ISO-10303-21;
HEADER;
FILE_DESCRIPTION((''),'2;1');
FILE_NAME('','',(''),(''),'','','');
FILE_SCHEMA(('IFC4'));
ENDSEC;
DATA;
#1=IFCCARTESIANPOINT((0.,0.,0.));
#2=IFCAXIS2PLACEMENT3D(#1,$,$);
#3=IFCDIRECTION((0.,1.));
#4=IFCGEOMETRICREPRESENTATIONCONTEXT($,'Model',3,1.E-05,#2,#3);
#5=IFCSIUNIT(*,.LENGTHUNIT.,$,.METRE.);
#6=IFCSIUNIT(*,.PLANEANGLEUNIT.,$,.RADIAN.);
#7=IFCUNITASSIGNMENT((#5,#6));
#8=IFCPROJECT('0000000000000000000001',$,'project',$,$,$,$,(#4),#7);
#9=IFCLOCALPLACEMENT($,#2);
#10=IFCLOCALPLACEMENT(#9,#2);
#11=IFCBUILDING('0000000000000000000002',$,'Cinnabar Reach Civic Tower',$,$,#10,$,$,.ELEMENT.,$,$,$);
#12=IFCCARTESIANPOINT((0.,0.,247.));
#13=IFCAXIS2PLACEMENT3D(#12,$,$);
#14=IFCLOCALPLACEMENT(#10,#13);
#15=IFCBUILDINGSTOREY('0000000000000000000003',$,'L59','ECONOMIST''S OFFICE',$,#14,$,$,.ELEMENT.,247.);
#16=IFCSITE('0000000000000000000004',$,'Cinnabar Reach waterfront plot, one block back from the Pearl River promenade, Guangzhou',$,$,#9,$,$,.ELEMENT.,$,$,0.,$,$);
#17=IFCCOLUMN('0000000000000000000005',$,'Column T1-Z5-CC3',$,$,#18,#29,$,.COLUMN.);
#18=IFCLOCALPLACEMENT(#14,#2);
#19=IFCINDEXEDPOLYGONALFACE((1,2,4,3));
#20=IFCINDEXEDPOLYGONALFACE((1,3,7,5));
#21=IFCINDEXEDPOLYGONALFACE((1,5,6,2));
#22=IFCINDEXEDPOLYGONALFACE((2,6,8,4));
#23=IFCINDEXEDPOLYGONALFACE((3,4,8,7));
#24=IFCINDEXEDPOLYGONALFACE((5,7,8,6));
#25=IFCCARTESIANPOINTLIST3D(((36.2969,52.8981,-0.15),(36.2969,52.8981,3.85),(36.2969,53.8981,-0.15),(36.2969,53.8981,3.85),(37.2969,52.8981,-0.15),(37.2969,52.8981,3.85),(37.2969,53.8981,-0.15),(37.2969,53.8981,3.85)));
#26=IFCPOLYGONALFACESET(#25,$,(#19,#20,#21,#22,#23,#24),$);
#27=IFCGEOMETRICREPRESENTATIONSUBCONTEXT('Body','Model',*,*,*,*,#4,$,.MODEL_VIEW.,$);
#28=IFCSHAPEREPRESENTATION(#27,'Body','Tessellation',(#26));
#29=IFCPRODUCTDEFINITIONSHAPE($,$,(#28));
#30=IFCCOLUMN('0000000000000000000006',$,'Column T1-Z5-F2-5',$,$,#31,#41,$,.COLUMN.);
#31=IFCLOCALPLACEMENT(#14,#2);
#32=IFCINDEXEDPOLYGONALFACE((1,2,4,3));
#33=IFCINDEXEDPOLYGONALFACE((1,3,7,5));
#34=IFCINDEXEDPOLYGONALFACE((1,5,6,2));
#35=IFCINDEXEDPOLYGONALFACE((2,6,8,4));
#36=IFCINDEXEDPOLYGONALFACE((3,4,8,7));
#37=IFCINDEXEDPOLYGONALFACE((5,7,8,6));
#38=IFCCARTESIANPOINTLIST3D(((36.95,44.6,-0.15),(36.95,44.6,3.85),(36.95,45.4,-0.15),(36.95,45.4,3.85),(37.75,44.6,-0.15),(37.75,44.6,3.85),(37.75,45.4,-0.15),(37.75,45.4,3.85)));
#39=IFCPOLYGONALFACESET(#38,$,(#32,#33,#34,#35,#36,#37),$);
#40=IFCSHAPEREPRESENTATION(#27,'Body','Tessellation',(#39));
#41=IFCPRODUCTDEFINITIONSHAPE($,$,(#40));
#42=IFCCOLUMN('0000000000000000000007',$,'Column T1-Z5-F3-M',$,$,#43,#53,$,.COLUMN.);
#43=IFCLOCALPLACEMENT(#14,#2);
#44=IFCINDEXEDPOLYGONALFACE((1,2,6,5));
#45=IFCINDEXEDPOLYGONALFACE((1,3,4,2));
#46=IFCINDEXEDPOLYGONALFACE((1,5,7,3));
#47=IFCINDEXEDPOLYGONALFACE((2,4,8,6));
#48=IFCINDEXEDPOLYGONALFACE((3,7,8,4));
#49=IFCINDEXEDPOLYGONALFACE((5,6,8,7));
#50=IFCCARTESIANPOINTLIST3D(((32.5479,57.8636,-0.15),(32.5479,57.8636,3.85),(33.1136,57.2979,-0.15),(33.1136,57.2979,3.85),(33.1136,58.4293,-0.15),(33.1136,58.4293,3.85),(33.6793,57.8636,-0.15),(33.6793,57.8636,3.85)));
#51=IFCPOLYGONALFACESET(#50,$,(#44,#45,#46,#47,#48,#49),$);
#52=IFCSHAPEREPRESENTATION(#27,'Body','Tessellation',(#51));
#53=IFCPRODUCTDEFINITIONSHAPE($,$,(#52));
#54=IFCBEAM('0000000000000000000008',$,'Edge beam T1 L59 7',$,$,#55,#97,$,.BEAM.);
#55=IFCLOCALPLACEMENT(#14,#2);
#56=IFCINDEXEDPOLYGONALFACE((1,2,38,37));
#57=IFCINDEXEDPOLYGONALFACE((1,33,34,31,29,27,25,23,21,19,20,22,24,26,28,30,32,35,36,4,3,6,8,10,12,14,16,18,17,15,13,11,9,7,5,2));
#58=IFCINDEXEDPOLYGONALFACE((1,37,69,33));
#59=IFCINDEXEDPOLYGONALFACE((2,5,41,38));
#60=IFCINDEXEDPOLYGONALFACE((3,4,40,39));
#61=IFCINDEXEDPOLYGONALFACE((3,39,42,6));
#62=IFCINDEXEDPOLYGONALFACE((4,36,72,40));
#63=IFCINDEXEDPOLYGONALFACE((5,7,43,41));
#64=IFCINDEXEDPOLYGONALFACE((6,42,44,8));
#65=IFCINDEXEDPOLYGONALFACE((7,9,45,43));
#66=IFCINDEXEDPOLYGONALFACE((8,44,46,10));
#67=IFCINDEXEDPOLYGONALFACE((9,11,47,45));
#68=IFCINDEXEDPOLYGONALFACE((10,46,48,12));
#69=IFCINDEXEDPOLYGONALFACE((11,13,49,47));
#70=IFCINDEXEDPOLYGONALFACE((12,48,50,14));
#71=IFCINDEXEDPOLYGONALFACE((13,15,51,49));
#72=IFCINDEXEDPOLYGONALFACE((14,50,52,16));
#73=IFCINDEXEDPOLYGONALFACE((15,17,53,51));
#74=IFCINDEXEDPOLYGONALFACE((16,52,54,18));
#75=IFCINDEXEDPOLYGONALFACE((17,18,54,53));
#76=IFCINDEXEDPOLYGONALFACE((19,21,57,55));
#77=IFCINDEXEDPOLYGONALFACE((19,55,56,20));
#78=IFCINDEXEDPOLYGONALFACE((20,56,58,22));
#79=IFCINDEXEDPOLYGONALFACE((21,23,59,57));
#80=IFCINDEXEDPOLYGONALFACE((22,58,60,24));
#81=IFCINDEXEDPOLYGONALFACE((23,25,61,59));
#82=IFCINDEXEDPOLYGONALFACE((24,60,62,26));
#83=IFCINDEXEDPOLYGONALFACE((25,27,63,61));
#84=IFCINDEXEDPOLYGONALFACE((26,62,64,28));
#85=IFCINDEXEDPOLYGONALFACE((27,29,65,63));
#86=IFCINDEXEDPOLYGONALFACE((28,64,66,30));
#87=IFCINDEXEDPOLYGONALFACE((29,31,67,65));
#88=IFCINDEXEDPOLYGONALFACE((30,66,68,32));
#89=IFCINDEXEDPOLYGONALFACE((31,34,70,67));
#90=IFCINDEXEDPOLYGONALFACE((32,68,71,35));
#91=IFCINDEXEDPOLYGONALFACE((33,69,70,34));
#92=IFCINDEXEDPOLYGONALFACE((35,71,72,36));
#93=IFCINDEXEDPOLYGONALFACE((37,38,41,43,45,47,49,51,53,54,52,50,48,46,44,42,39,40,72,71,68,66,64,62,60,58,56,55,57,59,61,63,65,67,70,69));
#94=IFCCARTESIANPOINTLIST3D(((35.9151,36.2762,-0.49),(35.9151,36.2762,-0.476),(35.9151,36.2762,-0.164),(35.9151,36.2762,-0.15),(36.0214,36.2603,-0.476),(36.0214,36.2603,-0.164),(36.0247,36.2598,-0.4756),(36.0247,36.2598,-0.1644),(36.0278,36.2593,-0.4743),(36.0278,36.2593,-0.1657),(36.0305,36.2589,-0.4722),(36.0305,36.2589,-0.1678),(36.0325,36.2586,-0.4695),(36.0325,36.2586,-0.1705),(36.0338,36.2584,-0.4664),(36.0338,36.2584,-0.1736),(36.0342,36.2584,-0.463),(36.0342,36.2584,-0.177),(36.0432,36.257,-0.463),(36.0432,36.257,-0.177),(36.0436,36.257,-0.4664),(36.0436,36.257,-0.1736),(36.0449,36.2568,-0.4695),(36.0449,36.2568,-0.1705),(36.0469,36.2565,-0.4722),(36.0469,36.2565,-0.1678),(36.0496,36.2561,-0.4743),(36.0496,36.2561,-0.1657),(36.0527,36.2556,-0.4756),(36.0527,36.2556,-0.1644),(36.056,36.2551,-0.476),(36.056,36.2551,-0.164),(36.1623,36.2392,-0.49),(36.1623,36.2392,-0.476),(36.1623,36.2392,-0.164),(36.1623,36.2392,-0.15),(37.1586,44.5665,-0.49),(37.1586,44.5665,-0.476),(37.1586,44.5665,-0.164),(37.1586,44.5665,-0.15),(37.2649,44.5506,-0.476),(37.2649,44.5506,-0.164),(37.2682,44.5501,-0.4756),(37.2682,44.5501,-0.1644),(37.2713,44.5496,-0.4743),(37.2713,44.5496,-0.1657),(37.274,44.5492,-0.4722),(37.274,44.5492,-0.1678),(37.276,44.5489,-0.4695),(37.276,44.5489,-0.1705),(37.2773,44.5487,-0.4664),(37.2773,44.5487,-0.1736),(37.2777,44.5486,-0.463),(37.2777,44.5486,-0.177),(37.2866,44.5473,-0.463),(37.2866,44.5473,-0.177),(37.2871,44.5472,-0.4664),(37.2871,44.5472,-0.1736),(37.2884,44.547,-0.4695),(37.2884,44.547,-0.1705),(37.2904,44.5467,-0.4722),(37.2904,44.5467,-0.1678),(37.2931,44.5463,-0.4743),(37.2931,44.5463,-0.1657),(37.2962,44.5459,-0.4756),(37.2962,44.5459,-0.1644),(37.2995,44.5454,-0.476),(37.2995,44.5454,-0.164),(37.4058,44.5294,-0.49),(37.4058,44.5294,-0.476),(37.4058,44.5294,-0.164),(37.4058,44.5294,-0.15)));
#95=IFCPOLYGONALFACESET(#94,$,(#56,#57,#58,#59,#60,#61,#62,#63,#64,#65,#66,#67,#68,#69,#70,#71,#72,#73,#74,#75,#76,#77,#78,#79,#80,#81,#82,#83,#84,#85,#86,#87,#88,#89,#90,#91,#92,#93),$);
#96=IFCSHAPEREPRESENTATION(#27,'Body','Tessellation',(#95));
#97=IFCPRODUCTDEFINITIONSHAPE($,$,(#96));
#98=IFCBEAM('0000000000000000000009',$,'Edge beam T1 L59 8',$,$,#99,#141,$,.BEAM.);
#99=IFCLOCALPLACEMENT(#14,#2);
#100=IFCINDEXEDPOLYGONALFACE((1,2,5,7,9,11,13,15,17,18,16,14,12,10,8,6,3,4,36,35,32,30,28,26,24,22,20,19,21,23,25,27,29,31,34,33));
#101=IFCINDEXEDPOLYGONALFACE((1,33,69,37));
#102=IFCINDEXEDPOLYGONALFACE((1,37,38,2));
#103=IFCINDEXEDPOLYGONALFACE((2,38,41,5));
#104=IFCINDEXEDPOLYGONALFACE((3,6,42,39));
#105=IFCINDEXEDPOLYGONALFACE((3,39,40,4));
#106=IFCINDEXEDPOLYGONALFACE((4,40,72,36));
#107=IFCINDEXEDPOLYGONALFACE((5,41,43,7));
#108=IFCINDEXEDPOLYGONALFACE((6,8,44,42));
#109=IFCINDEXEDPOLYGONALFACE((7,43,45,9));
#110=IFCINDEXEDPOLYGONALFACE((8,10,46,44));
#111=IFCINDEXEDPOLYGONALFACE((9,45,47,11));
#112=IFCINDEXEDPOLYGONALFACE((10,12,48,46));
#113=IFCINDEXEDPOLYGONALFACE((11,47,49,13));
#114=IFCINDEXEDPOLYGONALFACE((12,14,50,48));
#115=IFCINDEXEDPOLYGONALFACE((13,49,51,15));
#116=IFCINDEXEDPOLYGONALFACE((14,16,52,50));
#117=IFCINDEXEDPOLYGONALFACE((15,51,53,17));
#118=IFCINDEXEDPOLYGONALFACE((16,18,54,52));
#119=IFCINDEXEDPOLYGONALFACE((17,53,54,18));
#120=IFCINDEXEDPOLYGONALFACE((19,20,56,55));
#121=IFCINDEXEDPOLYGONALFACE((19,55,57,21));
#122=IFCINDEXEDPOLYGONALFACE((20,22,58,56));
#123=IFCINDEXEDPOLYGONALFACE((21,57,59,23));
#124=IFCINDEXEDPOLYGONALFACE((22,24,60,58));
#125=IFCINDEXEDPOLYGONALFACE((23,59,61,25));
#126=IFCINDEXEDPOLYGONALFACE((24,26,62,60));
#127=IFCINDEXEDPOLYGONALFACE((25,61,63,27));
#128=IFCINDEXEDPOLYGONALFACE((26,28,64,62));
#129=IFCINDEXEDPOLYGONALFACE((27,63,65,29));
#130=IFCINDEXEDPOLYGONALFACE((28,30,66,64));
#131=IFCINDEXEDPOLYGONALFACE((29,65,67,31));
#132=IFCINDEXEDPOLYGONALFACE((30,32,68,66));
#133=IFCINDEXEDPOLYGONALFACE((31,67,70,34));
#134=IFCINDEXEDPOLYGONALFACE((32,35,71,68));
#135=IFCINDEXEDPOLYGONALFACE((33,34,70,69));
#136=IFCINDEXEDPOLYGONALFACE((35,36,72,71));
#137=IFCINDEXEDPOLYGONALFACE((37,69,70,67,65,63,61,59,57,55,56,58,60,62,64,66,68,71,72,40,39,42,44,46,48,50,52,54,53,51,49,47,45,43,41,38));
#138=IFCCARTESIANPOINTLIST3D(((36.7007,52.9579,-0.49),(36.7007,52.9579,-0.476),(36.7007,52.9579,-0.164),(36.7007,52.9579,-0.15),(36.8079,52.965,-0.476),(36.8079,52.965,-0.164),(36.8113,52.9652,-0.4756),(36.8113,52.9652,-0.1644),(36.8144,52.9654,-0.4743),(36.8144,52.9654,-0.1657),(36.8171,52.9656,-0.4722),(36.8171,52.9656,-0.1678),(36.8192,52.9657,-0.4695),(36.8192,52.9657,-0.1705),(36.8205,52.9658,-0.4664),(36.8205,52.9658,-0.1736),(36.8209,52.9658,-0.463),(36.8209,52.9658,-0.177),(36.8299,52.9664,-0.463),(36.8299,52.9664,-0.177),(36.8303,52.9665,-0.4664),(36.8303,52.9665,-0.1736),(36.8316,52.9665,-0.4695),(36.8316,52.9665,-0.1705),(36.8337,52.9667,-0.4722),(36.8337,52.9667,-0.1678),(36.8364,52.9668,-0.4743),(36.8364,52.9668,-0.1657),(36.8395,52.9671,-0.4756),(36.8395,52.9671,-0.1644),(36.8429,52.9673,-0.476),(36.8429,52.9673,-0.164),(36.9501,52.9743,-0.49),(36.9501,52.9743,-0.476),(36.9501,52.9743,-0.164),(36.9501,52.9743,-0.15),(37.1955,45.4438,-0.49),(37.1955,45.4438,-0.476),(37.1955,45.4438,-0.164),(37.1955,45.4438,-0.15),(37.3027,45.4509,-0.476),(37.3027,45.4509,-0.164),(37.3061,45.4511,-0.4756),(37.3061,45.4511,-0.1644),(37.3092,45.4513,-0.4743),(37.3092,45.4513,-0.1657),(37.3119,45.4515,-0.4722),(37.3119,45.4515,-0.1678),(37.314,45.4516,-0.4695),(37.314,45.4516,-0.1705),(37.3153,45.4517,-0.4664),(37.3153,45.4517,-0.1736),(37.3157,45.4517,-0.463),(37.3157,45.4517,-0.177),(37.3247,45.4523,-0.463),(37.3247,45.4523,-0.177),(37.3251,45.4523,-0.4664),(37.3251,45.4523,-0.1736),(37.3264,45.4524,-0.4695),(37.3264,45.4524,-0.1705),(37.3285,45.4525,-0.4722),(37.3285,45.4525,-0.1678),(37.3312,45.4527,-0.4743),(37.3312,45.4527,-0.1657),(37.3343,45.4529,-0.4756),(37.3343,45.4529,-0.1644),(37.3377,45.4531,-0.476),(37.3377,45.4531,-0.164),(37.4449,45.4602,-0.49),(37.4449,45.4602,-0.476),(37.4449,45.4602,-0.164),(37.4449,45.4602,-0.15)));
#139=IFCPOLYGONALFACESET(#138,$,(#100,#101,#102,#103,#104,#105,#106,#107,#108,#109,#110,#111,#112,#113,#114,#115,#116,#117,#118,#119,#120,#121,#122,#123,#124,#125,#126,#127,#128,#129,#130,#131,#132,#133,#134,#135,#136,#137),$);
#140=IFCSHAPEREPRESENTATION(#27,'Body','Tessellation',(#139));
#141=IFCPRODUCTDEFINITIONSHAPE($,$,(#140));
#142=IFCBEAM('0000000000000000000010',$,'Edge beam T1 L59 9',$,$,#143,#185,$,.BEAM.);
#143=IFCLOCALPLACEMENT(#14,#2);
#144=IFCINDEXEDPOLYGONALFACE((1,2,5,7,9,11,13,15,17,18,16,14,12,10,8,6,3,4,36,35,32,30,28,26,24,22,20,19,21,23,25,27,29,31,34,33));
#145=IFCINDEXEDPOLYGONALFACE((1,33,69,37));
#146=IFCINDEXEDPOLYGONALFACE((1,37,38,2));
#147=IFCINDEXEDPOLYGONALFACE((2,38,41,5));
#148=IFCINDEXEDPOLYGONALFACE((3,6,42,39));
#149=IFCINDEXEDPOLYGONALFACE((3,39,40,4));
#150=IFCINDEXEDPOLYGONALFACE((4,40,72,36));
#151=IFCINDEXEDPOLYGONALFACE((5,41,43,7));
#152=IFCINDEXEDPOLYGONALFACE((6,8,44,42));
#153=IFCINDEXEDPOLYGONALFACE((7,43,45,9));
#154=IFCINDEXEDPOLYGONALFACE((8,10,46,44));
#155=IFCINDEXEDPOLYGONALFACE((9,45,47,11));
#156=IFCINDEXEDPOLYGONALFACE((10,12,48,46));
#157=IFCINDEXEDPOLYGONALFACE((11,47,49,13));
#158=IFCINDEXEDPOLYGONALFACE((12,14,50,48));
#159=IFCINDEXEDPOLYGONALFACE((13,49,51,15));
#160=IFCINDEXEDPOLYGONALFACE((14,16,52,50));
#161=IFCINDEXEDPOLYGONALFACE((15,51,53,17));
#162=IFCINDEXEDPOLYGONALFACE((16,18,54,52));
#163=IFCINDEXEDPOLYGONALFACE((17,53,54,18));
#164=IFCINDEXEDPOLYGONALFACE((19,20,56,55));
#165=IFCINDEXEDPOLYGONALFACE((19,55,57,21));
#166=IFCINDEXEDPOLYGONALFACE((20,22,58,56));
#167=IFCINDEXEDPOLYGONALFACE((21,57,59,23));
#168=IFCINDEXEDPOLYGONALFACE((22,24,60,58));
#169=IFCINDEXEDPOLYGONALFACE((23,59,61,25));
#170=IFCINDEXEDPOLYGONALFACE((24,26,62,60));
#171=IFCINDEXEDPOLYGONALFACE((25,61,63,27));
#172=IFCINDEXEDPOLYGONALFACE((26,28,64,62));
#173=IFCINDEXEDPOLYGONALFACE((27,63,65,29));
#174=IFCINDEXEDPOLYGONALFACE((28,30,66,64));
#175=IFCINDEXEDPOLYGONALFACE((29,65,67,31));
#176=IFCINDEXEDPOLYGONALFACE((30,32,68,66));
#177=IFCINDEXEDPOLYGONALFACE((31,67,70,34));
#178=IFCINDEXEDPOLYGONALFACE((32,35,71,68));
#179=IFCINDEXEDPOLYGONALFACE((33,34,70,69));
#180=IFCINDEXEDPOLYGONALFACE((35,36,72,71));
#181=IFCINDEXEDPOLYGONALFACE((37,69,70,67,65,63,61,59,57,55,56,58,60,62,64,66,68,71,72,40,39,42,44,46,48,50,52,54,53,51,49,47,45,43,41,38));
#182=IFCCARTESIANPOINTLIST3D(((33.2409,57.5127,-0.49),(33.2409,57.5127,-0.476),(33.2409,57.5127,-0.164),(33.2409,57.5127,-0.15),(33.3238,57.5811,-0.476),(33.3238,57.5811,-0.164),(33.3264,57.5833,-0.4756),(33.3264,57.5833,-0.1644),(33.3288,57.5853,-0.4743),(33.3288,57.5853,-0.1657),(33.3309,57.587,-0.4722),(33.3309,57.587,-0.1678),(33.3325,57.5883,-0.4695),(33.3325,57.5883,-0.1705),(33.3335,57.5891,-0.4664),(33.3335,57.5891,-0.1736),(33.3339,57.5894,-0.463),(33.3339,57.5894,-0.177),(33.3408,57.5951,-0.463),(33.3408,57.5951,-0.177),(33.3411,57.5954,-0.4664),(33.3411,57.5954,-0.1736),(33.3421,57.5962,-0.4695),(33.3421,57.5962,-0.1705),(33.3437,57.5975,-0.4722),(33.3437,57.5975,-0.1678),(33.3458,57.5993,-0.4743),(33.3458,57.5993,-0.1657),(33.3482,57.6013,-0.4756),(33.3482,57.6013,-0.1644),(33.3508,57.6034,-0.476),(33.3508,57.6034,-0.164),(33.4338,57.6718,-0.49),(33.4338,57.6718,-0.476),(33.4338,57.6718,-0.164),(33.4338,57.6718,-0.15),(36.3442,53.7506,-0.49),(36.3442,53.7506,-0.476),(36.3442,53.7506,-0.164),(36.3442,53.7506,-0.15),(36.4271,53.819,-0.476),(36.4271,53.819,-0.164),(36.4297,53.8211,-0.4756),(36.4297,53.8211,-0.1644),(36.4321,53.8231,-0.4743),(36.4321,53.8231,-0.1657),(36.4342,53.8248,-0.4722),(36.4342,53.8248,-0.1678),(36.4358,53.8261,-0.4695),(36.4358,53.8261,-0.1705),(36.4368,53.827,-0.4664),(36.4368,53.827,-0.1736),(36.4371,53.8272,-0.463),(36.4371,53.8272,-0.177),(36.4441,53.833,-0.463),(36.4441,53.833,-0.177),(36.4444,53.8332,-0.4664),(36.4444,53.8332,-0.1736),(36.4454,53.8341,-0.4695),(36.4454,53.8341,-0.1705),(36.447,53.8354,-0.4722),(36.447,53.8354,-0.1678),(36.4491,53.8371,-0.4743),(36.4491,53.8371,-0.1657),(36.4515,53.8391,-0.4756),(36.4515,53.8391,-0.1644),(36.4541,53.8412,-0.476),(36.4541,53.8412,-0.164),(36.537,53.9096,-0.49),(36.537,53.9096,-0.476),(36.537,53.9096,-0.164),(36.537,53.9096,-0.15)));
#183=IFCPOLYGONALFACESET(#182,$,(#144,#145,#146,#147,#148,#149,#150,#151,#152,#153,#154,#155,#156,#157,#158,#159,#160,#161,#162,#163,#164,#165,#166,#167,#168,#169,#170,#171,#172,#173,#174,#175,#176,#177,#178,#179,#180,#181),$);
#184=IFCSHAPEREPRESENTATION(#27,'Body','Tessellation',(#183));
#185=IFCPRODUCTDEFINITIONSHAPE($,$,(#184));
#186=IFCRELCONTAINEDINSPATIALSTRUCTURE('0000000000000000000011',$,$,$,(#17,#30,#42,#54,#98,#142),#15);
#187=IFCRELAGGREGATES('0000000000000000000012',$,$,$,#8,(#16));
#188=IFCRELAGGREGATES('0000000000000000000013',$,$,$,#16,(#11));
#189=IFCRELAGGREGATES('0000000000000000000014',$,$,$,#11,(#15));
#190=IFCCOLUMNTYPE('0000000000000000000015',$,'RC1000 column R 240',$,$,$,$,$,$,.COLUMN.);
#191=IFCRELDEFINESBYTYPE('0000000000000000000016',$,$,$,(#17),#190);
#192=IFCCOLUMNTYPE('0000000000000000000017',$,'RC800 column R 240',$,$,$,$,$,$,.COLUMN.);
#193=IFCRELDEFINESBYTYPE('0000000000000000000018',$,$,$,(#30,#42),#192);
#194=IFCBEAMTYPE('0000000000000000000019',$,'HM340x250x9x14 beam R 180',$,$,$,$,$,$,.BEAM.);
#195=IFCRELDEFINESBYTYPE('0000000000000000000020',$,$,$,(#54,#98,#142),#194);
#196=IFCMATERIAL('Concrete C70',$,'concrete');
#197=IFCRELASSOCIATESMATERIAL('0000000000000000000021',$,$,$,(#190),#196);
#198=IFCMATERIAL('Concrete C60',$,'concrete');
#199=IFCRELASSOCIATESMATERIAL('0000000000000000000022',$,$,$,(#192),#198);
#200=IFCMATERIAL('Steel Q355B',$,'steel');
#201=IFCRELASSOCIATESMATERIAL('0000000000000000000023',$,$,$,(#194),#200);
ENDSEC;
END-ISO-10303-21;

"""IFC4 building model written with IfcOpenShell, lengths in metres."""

from ifc_helpers import new_model, si_unit, direction, frame, origin, origin_2d, place, context, subcontext, project, spatial, rectangle, i_section, extrude, material, material_profile, profile_set, type_object, element, save


model = new_model("IFC4")

# Units and contexts
model_context = context("Model", 3, precision=1e-05, world=origin(), true_north=direction((0.0, 1.0)))
body_context = subcontext(model_context, "Body", "Model", "MODEL_VIEW")
ifc_project = project(units=[si_unit("LENGTHUNIT", "METRE"), si_unit("PLANEANGLEUNIT", "RADIAN")], contexts=[model_context])

# Site, building, storey
site_placement = place(None, origin())
site = spatial("IfcSite", under=ifc_project, at=site_placement, Name="Cinnabar Reach waterfront plot, one block back from the Pearl River promenade, Guangzhou", CompositionType="ELEMENT", RefElevation=0.0)
building_placement = place(site_placement, origin())
building = spatial("IfcBuilding", under=site, at=building_placement, Name="Cinnabar Reach Civic Tower", CompositionType="ELEMENT")
storey_placement = place(building_placement, frame((0.0, 0.0, 247.0)))
storey = spatial("IfcBuildingStorey", under=building, at=storey_placement, Name="L59", Description="ECONOMIST'S OFFICE", CompositionType="ELEMENT", Elevation=247.0)

# Columns
ifc_material_1 = material(Name="Concrete C70", Category="concrete")
ifc_material_profile_1 = material_profile(ifc_material_1, rectangle(XDim=1.0, YDim=1.0, at=origin_2d()), Name="RC1000")
ifc_profile_set_1 = profile_set([ifc_material_profile_1], Name="Concrete C70")
column_type_1 = type_object("IfcColumnType", Name="RC1000 column R 240", PredefinedType="COLUMN", material=ifc_profile_set_1)
column_placement = place(storey_placement, frame((36.7969, 53.3981, -0.15), z_axis=(0.0, 0.0, 1.0), x_axis=(1.0, 0.0, 0.0)))
element("IfcColumn", 1, at=column_placement, inside=storey, type_object=column_type_1, Name="Column T1-Z5-CC3", PredefinedType="COLUMN", context=body_context, shape_type="SweptSolid", body=[
    extrude(rectangle(XDim=1.0, YDim=1.0, at=origin_2d()), origin(), (0.0, 0.0, 1.0), 4.0),
])
ifc_material_2 = material(Name="Concrete C60", Category="concrete")
ifc_material_profile_2 = material_profile(ifc_material_2, rectangle(XDim=0.8, YDim=0.8, at=origin_2d()), Name="RC800")
ifc_profile_set_2 = profile_set([ifc_material_profile_2], Name="Concrete C60")
column_type_2 = type_object("IfcColumnType", Name="RC800 column R 240", PredefinedType="COLUMN", material=ifc_profile_set_2)
for number, where, z_axis, x_axis, name in (
    (2, (37.35, 45.0, -0.15), (0.0, 0.0, 1.0), (1.0, 0.0, 0.0), "Column T1-Z5-F2-5"),
    (3, (33.1136, 57.8636, -0.15), (0.0, 0.0, 1.0), (0.707107, 0.707107, 0.0), "Column T1-Z5-F3-M"),
):
    element("IfcColumn", number, at=place(storey_placement, frame(where, z_axis=z_axis, x_axis=x_axis)), inside=storey, type_object=column_type_2, Name=name, PredefinedType="COLUMN", context=body_context, shape_type="SweptSolid", body=[
        extrude(rectangle(XDim=0.8, YDim=0.8, at=origin_2d()), origin(), (0.0, 0.0, 1.0), 4.0),
    ])

# Beams
ifc_material_3 = material(Name="Steel Q355B", Category="steel")
ifc_material_profile_3 = material_profile(ifc_material_3, i_section(OverallWidth=0.25, OverallDepth=0.34, WebThickness=0.009, FlangeThickness=0.014, FilletRadius=0.013, at=origin_2d()), Name="HM340x250x9x14")
ifc_profile_set_3 = profile_set([ifc_material_profile_3], Name="Steel Q355B")
beam_type_1 = type_object("IfcBeamType", Name="HM340x250x9x14 beam R 180", PredefinedType="BEAM", material=ifc_profile_set_3)
beam_1_placement = place(storey_placement, frame((36.0387, 36.2577, -0.32), z_axis=(0.148335, 0.988937, 0.0), x_axis=(-0.988937, 0.148335, 0.0)))
element("IfcBeam", 4, at=beam_1_placement, inside=storey, type_object=beam_type_1, Name="Edge beam T1 L59 7", PredefinedType="BEAM", context=body_context, shape_type="SweptSolid", body=[
    extrude(i_section(OverallWidth=0.25, OverallDepth=0.34, WebThickness=0.009, FlangeThickness=0.014, FilletRadius=0.013, at=origin_2d()), origin(), (0.0, 0.0, 1.0), 8.383),
])
beam_2_placement = place(storey_placement, frame((37.3202, 45.452, -0.32), z_axis=(-0.065707, 0.997839, 0.0), x_axis=(-0.997839, -0.065707, 0.0)))
element("IfcBeam", 5, at=beam_2_placement, inside=storey, type_object=beam_type_1, Name="Edge beam T1 L59 8", PredefinedType="BEAM", context=body_context, shape_type="SweptSolid", body=[
    extrude(i_section(OverallWidth=0.25, OverallDepth=0.34, WebThickness=0.009, FlangeThickness=0.014, FilletRadius=0.013, at=origin_2d()), origin(), (0.0, 0.0, 1.0), 7.5304),
])
beam_3_placement = place(storey_placement, frame((36.4406, 53.8301, -0.32), z_axis=(-0.63632, 0.771425, 0.0), x_axis=(-0.771425, -0.63632, 0.0)))
element("IfcBeam", 6, at=beam_3_placement, inside=storey, type_object=beam_type_1, Name="Edge beam T1 L59 9", PredefinedType="BEAM", context=body_context, shape_type="SweptSolid", body=[
    extrude(i_section(OverallWidth=0.25, OverallDepth=0.34, WebThickness=0.009, FlangeThickness=0.014, FilletRadius=0.013, at=origin_2d()), origin(), (0.0, 0.0, 1.0), 4.8769),
])

save(model, "model.ifc")
